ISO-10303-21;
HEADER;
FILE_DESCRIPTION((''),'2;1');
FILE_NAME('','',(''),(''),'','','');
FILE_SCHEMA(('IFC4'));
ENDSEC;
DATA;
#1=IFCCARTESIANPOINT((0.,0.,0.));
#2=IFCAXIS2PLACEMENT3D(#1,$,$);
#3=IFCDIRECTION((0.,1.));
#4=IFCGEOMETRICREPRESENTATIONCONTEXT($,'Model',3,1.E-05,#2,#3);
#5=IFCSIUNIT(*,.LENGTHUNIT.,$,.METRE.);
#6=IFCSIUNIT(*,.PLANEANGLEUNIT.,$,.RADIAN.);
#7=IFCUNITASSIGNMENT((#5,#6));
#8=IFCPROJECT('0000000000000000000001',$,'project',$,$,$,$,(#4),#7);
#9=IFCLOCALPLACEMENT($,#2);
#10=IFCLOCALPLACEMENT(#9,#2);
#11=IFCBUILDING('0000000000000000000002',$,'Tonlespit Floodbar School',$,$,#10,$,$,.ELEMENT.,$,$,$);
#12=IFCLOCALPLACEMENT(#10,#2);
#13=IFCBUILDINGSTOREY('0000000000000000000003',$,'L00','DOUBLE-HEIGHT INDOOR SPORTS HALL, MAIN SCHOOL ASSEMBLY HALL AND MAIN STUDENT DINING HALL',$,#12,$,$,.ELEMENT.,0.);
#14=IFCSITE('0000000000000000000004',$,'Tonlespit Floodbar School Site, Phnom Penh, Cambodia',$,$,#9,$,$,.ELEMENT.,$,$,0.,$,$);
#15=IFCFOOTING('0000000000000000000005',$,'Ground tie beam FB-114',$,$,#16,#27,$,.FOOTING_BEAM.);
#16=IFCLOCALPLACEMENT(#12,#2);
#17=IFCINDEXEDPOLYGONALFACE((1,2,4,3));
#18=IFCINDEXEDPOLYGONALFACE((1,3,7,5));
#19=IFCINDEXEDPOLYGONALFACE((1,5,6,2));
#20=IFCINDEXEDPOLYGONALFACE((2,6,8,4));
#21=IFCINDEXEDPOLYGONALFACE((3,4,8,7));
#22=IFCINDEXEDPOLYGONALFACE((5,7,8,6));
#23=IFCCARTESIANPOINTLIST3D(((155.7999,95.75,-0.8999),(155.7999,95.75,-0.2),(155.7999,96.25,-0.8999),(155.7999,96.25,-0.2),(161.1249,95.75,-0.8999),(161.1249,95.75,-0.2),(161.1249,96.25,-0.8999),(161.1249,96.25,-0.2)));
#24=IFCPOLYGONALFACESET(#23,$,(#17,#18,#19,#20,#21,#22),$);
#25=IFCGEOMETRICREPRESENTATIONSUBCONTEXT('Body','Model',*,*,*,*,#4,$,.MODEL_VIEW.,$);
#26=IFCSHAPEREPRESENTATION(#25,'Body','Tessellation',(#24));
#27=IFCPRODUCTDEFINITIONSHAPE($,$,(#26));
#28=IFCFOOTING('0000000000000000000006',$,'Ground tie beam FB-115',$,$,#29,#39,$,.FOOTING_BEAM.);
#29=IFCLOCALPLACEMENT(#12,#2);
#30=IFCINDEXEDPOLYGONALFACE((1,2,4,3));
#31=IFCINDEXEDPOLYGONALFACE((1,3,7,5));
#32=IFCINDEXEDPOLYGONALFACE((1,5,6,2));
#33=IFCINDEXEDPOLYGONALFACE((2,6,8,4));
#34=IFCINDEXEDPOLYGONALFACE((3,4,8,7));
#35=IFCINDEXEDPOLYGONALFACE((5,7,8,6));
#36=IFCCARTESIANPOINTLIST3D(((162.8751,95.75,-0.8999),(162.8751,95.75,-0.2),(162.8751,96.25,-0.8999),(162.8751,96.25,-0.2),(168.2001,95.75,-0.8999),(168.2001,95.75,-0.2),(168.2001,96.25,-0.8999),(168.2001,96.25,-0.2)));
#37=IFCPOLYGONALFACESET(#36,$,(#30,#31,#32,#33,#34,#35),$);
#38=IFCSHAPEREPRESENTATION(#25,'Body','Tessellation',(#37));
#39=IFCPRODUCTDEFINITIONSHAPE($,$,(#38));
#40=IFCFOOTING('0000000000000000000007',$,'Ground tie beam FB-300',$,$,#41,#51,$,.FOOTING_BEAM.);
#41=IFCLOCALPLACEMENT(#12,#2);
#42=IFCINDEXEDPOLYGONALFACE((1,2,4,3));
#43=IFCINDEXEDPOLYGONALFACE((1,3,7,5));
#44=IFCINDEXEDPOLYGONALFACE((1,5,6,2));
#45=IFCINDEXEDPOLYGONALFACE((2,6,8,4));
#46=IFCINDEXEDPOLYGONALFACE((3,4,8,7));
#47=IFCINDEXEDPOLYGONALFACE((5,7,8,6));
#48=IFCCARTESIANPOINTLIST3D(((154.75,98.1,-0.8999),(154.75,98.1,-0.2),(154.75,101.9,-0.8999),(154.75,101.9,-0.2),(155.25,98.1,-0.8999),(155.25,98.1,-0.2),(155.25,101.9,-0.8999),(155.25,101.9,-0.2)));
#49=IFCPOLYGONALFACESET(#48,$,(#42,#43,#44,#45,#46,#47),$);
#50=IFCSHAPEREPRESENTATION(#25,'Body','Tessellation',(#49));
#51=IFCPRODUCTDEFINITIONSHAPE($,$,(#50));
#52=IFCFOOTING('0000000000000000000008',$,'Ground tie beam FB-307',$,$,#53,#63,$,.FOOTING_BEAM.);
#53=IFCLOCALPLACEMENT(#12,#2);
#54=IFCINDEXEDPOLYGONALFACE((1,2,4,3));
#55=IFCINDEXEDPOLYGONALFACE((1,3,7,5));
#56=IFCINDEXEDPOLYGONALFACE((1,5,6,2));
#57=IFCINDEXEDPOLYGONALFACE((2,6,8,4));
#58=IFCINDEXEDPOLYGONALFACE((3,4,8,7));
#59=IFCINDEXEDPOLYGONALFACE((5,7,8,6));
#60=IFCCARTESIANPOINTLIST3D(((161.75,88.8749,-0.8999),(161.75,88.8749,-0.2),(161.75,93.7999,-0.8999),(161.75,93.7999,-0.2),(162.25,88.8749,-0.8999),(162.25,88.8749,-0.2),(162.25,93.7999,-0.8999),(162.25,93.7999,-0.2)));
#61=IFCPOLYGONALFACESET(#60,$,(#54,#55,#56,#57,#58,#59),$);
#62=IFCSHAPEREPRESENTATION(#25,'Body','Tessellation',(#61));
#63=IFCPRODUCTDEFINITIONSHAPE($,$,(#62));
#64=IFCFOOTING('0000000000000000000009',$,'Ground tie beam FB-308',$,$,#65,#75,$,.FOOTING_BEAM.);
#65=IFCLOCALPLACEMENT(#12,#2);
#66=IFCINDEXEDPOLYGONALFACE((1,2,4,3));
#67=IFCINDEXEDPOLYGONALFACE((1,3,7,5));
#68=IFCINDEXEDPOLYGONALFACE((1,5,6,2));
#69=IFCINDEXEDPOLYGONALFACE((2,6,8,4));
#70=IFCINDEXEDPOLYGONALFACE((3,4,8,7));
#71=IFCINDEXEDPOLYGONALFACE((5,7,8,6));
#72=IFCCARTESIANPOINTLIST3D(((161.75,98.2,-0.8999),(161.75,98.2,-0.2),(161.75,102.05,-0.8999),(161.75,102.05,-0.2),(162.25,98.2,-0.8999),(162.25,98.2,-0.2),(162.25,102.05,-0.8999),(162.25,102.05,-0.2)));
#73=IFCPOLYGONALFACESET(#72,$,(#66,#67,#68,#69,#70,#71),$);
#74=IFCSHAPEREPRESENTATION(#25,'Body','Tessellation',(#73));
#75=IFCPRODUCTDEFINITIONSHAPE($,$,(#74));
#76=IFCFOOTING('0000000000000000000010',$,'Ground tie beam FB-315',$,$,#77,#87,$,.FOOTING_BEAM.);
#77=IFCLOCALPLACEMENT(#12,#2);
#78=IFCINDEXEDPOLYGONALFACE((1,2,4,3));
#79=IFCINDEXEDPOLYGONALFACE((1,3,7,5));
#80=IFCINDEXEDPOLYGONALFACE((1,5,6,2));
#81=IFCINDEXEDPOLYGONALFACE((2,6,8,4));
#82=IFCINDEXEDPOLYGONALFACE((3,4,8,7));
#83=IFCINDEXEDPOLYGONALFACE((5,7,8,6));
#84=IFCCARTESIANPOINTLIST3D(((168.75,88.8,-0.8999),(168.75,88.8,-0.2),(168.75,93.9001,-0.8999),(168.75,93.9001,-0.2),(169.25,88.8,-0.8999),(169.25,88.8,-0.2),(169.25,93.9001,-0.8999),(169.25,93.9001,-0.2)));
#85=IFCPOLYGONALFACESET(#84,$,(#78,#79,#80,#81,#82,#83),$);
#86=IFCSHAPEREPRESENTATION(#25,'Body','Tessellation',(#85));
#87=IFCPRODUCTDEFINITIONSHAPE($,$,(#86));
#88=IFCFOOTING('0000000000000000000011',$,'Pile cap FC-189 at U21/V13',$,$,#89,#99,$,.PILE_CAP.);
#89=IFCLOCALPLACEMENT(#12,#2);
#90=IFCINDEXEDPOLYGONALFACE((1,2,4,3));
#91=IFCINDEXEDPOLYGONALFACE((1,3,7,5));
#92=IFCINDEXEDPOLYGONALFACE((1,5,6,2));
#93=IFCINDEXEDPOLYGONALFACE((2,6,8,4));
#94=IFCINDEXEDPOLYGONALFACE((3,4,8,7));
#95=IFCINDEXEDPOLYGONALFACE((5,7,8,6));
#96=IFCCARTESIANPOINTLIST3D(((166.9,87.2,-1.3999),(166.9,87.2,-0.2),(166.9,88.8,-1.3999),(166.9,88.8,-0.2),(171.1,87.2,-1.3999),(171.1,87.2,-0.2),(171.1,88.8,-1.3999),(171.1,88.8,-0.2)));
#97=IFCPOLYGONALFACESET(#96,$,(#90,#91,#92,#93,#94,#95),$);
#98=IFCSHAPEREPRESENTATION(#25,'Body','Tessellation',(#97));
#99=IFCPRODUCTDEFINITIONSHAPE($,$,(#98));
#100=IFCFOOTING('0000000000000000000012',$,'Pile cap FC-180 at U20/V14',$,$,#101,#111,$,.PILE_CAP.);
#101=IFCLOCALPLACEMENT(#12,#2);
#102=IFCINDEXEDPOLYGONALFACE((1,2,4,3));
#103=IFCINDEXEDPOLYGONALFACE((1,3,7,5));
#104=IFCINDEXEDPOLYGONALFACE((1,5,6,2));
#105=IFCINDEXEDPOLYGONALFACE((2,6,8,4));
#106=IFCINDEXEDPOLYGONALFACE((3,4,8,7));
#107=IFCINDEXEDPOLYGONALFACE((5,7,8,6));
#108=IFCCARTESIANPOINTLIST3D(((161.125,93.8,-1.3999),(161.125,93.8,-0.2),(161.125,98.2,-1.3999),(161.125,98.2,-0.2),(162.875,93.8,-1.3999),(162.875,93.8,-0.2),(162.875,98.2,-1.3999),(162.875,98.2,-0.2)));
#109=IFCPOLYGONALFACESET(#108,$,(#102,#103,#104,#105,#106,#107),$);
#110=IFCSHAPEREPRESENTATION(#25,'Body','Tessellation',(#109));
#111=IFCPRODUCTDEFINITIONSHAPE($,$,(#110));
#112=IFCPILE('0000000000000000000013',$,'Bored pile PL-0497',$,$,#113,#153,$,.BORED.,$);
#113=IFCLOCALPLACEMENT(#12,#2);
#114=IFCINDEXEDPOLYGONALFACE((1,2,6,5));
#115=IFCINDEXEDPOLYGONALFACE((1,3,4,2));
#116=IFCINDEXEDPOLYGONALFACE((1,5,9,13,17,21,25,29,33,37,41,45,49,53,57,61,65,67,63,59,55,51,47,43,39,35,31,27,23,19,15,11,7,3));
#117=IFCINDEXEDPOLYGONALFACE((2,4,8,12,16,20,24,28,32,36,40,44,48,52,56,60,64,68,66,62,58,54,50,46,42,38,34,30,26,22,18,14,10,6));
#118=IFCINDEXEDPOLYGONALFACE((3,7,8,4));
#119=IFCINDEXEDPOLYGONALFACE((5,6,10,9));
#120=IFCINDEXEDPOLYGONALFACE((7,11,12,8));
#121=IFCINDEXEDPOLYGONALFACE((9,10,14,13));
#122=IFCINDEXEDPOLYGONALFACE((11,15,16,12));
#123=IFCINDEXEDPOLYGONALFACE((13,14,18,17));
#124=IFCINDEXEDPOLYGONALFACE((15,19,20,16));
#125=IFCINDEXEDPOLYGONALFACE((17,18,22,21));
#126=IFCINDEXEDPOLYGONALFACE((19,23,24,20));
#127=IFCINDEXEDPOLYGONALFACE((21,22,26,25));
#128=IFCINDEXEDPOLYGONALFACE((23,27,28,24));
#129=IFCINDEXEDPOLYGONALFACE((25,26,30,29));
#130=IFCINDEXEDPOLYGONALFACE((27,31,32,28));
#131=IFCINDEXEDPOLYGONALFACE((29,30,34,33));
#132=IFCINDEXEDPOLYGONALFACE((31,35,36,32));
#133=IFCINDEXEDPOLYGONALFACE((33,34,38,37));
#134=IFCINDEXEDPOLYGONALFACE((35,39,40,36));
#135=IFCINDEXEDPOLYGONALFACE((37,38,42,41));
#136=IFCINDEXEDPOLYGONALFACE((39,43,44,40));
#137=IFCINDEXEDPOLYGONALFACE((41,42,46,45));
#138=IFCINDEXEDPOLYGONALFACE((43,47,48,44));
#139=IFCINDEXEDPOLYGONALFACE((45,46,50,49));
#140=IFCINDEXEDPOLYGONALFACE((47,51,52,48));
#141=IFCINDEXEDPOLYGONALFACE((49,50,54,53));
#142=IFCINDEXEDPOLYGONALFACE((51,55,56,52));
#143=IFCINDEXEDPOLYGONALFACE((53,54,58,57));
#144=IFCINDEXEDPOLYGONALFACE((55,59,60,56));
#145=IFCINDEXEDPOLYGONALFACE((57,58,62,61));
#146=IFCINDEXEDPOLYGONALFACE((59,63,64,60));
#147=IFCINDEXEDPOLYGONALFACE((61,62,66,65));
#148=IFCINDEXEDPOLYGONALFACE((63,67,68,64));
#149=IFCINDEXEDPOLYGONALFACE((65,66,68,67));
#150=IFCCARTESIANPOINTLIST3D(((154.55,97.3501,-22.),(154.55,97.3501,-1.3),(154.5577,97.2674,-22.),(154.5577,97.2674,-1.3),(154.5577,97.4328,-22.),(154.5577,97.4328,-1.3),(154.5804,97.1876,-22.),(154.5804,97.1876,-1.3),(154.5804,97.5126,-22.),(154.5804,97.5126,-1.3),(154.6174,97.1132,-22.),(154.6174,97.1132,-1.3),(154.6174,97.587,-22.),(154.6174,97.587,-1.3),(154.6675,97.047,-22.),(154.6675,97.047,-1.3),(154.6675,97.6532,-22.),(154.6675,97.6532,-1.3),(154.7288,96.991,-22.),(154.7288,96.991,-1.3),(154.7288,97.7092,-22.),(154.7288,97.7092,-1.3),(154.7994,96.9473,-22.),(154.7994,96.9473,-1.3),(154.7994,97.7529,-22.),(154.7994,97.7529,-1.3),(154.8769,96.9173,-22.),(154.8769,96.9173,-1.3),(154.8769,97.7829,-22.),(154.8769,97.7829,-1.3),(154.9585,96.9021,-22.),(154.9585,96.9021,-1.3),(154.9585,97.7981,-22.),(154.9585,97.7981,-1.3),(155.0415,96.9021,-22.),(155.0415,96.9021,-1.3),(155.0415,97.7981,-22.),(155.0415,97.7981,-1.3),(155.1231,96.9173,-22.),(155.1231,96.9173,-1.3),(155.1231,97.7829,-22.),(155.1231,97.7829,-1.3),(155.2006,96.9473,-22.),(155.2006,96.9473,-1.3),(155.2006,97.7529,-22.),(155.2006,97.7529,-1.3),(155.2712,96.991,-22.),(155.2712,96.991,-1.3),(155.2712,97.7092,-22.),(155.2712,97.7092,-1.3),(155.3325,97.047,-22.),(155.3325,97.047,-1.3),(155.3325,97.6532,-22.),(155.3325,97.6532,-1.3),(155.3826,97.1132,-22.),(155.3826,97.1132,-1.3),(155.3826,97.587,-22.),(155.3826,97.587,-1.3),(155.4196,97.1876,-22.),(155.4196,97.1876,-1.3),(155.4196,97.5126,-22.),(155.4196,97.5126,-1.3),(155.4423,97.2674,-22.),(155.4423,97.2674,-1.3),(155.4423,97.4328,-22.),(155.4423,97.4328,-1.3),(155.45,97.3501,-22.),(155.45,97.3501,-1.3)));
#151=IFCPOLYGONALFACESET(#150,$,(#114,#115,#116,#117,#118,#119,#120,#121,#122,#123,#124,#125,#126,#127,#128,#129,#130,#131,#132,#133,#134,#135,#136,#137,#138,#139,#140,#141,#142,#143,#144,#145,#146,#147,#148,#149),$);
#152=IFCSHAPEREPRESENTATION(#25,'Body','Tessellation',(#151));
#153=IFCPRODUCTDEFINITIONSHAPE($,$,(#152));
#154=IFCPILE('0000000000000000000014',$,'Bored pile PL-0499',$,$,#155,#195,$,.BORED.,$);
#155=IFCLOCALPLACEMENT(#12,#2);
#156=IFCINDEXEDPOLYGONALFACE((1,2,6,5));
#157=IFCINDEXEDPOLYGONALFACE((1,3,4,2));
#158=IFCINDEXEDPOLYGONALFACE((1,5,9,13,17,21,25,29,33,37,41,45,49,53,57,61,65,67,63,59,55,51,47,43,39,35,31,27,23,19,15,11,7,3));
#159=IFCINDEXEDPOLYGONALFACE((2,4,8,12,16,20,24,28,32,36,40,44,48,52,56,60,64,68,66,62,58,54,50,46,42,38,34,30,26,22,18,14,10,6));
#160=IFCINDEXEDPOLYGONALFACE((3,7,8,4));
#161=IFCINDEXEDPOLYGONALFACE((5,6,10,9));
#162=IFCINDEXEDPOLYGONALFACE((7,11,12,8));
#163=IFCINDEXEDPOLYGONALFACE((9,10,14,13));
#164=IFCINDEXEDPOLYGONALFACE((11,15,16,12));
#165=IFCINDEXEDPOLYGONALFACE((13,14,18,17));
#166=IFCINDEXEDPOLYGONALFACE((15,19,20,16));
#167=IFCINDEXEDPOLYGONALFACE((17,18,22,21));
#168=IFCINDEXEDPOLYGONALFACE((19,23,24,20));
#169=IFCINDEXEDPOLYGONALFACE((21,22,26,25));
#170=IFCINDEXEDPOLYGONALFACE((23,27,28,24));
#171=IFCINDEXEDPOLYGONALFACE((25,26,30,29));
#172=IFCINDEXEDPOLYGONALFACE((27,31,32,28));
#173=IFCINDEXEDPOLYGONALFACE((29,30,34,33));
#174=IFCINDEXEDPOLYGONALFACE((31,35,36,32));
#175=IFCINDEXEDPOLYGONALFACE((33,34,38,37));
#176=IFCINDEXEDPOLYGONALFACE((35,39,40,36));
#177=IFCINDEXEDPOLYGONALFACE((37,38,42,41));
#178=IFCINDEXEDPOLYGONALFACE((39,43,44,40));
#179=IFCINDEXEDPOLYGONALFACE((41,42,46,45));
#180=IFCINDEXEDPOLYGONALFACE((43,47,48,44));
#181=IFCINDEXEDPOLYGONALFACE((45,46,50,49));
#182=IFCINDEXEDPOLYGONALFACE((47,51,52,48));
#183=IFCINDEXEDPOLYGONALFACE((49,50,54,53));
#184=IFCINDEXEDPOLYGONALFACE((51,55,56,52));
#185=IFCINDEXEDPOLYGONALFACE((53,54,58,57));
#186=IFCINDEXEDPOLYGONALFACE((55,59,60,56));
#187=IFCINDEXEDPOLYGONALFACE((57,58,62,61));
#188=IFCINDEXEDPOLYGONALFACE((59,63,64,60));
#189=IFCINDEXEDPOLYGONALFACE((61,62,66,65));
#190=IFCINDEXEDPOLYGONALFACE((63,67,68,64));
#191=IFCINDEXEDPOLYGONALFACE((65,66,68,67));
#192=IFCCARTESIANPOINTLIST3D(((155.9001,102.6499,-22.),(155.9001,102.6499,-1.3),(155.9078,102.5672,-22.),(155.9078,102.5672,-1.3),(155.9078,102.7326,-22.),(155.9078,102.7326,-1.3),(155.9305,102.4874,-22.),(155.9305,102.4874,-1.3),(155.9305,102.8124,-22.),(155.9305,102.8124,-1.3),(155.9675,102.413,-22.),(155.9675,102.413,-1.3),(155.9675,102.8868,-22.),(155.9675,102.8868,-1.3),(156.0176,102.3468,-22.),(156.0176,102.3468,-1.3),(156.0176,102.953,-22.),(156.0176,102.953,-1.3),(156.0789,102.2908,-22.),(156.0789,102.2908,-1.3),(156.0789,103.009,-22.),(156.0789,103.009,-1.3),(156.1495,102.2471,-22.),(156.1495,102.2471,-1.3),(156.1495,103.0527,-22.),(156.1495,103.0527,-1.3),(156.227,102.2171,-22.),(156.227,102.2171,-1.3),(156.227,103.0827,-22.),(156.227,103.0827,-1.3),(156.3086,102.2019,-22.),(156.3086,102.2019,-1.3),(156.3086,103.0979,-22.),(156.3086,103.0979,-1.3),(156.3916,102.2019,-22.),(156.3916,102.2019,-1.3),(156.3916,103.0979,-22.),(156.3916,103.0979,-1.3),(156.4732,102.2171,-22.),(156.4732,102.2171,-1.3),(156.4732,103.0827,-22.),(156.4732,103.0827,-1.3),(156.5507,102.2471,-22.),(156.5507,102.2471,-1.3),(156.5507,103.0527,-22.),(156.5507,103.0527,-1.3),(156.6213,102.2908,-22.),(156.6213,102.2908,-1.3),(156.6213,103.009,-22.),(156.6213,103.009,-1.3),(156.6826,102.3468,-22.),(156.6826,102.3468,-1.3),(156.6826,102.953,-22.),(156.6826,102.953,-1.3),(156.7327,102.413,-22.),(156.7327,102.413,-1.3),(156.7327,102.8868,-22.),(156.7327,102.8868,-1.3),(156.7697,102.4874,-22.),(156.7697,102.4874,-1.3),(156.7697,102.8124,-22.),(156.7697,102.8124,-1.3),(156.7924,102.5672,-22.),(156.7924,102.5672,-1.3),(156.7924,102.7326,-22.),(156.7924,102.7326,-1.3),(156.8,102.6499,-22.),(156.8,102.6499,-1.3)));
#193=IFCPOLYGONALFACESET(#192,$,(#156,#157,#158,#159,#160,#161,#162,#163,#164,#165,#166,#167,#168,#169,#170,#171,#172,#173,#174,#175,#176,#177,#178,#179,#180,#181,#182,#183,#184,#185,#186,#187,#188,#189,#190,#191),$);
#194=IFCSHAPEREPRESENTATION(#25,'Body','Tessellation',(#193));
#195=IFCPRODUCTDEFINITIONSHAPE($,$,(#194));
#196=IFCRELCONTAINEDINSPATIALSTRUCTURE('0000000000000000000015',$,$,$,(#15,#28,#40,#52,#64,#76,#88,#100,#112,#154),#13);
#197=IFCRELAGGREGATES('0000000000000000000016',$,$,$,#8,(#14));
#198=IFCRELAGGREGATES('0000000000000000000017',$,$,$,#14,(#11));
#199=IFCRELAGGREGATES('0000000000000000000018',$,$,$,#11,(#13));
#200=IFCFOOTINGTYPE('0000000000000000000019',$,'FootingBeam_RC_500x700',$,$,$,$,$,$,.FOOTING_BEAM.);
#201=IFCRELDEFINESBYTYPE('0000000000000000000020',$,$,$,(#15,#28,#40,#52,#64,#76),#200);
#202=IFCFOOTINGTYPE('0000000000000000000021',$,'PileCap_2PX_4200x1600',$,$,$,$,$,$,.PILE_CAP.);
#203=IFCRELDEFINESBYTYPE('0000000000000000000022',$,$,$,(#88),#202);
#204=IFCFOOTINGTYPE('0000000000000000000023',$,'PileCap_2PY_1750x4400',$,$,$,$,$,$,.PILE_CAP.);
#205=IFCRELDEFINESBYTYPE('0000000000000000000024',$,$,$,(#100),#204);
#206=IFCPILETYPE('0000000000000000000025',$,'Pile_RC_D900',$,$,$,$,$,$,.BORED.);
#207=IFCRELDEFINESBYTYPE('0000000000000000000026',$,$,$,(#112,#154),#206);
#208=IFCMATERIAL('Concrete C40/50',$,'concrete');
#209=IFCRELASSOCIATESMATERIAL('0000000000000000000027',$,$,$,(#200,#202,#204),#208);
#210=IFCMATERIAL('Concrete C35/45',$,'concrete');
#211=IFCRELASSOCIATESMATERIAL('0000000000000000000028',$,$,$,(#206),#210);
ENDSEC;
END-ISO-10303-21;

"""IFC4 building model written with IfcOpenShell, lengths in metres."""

from ifc_helpers import new_model, si_unit, direction, frame, origin, origin_2d, place, context, subcontext, project, spatial, rectangle, circle, extrude, material, material_profile, profile_set, type_object, element, save


model = new_model("IFC4")

# Units and contexts
model_context = context("Model", 3, precision=1e-05, world=origin(), true_north=direction((0.0, 1.0)))
body_context = subcontext(model_context, "Body", "Model", "MODEL_VIEW")
ifc_project = project(units=[si_unit("LENGTHUNIT", "METRE"), si_unit("PLANEANGLEUNIT", "RADIAN")], contexts=[model_context])

# Site, building, storey
site_placement = place(None, origin())
site = spatial("IfcSite", under=ifc_project, at=site_placement, Name="Tonlespit Floodbar School Site, Phnom Penh, Cambodia", CompositionType="ELEMENT", RefElevation=0.0)
building_placement = place(site_placement, origin())
building = spatial("IfcBuilding", under=site, at=building_placement, Name="Tonlespit Floodbar School", CompositionType="ELEMENT")
storey_placement = place(building_placement, origin())
storey = spatial("IfcBuildingStorey", under=building, at=storey_placement, Name="L00", Description="DOUBLE-HEIGHT INDOOR SPORTS HALL, MAIN SCHOOL ASSEMBLY HALL AND MAIN STUDENT DINING HALL", CompositionType="ELEMENT", Elevation=0.0)

# Footings
ifc_material_1 = material(Name="Concrete C40/50", Category="concrete")
footing_type_1 = type_object("IfcFootingType", Name="FootingBeam_RC_500x700", PredefinedType="FOOTING_BEAM", material=ifc_material_1)
for number, where, z_axis, x_axis, name in (
    (1, (158.4624, 96.0, -0.8999), (0.0, 0.0, 1.0), (1.0, 0.0, 0.0), "Ground tie beam FB-114"),
    (2, (165.5376, 96.0, -0.8999), (0.0, 0.0, 1.0), (1.0, 0.0, 0.0), "Ground tie beam FB-115"),
):
    element("IfcFooting", number, at=place(storey_placement, frame(where, z_axis=z_axis, x_axis=x_axis)), inside=storey, type_object=footing_type_1, Name=name, PredefinedType="FOOTING_BEAM", context=body_context, shape_type="SweptSolid", body=[
        extrude(rectangle(XDim=5.325, YDim=0.5, at=origin_2d()), origin(), (0.0, 0.0, 1.0), 0.7),
    ])
footing_1_placement = place(storey_placement, frame((155.0, 100.0, -0.8999), z_axis=(0.0, 0.0, 1.0), x_axis=(0.0, 1.0, 0.0)))
element("IfcFooting", 3, at=footing_1_placement, inside=storey, type_object=footing_type_1, Name="Ground tie beam FB-300", PredefinedType="FOOTING_BEAM", context=body_context, shape_type="SweptSolid", body=[
    extrude(rectangle(XDim=3.8, YDim=0.5, at=origin_2d()), origin(), (0.0, 0.0, 1.0), 0.7),
])
footing_2_placement = place(storey_placement, frame((162.0, 91.3374, -0.8999), z_axis=(0.0, 0.0, 1.0), x_axis=(0.0, 1.0, 0.0)))
element("IfcFooting", 4, at=footing_2_placement, inside=storey, type_object=footing_type_1, Name="Ground tie beam FB-307", PredefinedType="FOOTING_BEAM", context=body_context, shape_type="SweptSolid", body=[
    extrude(rectangle(XDim=4.925, YDim=0.5, at=origin_2d()), origin(), (0.0, 0.0, 1.0), 0.7),
])
footing_3_placement = place(storey_placement, frame((162.0, 100.125, -0.8999), z_axis=(0.0, 0.0, 1.0), x_axis=(0.0, 1.0, 0.0)))
element("IfcFooting", 5, at=footing_3_placement, inside=storey, type_object=footing_type_1, Name="Ground tie beam FB-308", PredefinedType="FOOTING_BEAM", context=body_context, shape_type="SweptSolid", body=[
    extrude(rectangle(XDim=3.8501, YDim=0.5, at=origin_2d()), origin(), (0.0, 0.0, 1.0), 0.7),
])
footing_4_placement = place(storey_placement, frame((169.0, 91.3501, -0.8999), z_axis=(0.0, 0.0, 1.0), x_axis=(0.0, 1.0, 0.0)))
element("IfcFooting", 6, at=footing_4_placement, inside=storey, type_object=footing_type_1, Name="Ground tie beam FB-315", PredefinedType="FOOTING_BEAM", context=body_context, shape_type="SweptSolid", body=[
    extrude(rectangle(XDim=5.1001, YDim=0.5, at=origin_2d()), origin(), (0.0, 0.0, 1.0), 0.7),
])
footing_type_2 = type_object("IfcFootingType", Name="PileCap_2PX_4200x1600", PredefinedType="PILE_CAP", material=ifc_material_1)
footing_5_placement = place(storey_placement, frame((169.0, 88.0, -1.3999), z_axis=(0.0, 0.0, 1.0), x_axis=(1.0, 0.0, 0.0)))
element("IfcFooting", 7, at=footing_5_placement, inside=storey, type_object=footing_type_2, Name="Pile cap FC-189 at U21/V13", PredefinedType="PILE_CAP", context=body_context, shape_type="SweptSolid", body=[
    extrude(rectangle(XDim=4.2, YDim=1.6001, at=origin_2d()), origin(), (0.0, 0.0, 1.0), 1.2),
])
footing_type_3 = type_object("IfcFootingType", Name="PileCap_2PY_1750x4400", PredefinedType="PILE_CAP", material=ifc_material_1)
footing_6_placement = place(storey_placement, frame((162.0, 96.0, -1.3999), z_axis=(0.0, 0.0, 1.0), x_axis=(1.0, 0.0, 0.0)))
element("IfcFooting", 8, at=footing_6_placement, inside=storey, type_object=footing_type_3, Name="Pile cap FC-180 at U20/V14", PredefinedType="PILE_CAP", context=body_context, shape_type="SweptSolid", body=[
    extrude(rectangle(XDim=1.75, YDim=4.3999, at=origin_2d()), origin(), (0.0, 0.0, 1.0), 1.2),
])

# Piles
ifc_material_2 = material(Name="Concrete C35/45", Category="concrete")
ifc_material_profile_1 = material_profile(ifc_material_2, circle(Radius=0.45, at=origin_2d()), Name="BP D900")
ifc_profile_set_1 = profile_set([ifc_material_profile_1], Name="Concrete C35/45")
pile_type = type_object("IfcPileType", Name="Pile_RC_D900", PredefinedType="BORED", material=ifc_profile_set_1)
for number, where, z_axis, x_axis, name in (
    (9, (155.0, 97.3501, -1.3), (0.0, 0.0, -1.0), (1.0, 0.0, 0.0), "Bored pile PL-0497"),
    (10, (156.3501, 102.6499, -1.3), (0.0, 0.0, -1.0), (1.0, 0.0, 0.0), "Bored pile PL-0499"),
):
    element("IfcPile", number, at=place(storey_placement, frame(where, z_axis=z_axis, x_axis=x_axis)), inside=storey, type_object=pile_type, Name=name, PredefinedType="BORED", context=body_context, shape_type="SweptSolid", body=[
        extrude(circle(Radius=0.45, at=origin_2d()), origin(), (0.0, 0.0, 1.0), 20.7),
    ])

save(model, "model.ifc")
